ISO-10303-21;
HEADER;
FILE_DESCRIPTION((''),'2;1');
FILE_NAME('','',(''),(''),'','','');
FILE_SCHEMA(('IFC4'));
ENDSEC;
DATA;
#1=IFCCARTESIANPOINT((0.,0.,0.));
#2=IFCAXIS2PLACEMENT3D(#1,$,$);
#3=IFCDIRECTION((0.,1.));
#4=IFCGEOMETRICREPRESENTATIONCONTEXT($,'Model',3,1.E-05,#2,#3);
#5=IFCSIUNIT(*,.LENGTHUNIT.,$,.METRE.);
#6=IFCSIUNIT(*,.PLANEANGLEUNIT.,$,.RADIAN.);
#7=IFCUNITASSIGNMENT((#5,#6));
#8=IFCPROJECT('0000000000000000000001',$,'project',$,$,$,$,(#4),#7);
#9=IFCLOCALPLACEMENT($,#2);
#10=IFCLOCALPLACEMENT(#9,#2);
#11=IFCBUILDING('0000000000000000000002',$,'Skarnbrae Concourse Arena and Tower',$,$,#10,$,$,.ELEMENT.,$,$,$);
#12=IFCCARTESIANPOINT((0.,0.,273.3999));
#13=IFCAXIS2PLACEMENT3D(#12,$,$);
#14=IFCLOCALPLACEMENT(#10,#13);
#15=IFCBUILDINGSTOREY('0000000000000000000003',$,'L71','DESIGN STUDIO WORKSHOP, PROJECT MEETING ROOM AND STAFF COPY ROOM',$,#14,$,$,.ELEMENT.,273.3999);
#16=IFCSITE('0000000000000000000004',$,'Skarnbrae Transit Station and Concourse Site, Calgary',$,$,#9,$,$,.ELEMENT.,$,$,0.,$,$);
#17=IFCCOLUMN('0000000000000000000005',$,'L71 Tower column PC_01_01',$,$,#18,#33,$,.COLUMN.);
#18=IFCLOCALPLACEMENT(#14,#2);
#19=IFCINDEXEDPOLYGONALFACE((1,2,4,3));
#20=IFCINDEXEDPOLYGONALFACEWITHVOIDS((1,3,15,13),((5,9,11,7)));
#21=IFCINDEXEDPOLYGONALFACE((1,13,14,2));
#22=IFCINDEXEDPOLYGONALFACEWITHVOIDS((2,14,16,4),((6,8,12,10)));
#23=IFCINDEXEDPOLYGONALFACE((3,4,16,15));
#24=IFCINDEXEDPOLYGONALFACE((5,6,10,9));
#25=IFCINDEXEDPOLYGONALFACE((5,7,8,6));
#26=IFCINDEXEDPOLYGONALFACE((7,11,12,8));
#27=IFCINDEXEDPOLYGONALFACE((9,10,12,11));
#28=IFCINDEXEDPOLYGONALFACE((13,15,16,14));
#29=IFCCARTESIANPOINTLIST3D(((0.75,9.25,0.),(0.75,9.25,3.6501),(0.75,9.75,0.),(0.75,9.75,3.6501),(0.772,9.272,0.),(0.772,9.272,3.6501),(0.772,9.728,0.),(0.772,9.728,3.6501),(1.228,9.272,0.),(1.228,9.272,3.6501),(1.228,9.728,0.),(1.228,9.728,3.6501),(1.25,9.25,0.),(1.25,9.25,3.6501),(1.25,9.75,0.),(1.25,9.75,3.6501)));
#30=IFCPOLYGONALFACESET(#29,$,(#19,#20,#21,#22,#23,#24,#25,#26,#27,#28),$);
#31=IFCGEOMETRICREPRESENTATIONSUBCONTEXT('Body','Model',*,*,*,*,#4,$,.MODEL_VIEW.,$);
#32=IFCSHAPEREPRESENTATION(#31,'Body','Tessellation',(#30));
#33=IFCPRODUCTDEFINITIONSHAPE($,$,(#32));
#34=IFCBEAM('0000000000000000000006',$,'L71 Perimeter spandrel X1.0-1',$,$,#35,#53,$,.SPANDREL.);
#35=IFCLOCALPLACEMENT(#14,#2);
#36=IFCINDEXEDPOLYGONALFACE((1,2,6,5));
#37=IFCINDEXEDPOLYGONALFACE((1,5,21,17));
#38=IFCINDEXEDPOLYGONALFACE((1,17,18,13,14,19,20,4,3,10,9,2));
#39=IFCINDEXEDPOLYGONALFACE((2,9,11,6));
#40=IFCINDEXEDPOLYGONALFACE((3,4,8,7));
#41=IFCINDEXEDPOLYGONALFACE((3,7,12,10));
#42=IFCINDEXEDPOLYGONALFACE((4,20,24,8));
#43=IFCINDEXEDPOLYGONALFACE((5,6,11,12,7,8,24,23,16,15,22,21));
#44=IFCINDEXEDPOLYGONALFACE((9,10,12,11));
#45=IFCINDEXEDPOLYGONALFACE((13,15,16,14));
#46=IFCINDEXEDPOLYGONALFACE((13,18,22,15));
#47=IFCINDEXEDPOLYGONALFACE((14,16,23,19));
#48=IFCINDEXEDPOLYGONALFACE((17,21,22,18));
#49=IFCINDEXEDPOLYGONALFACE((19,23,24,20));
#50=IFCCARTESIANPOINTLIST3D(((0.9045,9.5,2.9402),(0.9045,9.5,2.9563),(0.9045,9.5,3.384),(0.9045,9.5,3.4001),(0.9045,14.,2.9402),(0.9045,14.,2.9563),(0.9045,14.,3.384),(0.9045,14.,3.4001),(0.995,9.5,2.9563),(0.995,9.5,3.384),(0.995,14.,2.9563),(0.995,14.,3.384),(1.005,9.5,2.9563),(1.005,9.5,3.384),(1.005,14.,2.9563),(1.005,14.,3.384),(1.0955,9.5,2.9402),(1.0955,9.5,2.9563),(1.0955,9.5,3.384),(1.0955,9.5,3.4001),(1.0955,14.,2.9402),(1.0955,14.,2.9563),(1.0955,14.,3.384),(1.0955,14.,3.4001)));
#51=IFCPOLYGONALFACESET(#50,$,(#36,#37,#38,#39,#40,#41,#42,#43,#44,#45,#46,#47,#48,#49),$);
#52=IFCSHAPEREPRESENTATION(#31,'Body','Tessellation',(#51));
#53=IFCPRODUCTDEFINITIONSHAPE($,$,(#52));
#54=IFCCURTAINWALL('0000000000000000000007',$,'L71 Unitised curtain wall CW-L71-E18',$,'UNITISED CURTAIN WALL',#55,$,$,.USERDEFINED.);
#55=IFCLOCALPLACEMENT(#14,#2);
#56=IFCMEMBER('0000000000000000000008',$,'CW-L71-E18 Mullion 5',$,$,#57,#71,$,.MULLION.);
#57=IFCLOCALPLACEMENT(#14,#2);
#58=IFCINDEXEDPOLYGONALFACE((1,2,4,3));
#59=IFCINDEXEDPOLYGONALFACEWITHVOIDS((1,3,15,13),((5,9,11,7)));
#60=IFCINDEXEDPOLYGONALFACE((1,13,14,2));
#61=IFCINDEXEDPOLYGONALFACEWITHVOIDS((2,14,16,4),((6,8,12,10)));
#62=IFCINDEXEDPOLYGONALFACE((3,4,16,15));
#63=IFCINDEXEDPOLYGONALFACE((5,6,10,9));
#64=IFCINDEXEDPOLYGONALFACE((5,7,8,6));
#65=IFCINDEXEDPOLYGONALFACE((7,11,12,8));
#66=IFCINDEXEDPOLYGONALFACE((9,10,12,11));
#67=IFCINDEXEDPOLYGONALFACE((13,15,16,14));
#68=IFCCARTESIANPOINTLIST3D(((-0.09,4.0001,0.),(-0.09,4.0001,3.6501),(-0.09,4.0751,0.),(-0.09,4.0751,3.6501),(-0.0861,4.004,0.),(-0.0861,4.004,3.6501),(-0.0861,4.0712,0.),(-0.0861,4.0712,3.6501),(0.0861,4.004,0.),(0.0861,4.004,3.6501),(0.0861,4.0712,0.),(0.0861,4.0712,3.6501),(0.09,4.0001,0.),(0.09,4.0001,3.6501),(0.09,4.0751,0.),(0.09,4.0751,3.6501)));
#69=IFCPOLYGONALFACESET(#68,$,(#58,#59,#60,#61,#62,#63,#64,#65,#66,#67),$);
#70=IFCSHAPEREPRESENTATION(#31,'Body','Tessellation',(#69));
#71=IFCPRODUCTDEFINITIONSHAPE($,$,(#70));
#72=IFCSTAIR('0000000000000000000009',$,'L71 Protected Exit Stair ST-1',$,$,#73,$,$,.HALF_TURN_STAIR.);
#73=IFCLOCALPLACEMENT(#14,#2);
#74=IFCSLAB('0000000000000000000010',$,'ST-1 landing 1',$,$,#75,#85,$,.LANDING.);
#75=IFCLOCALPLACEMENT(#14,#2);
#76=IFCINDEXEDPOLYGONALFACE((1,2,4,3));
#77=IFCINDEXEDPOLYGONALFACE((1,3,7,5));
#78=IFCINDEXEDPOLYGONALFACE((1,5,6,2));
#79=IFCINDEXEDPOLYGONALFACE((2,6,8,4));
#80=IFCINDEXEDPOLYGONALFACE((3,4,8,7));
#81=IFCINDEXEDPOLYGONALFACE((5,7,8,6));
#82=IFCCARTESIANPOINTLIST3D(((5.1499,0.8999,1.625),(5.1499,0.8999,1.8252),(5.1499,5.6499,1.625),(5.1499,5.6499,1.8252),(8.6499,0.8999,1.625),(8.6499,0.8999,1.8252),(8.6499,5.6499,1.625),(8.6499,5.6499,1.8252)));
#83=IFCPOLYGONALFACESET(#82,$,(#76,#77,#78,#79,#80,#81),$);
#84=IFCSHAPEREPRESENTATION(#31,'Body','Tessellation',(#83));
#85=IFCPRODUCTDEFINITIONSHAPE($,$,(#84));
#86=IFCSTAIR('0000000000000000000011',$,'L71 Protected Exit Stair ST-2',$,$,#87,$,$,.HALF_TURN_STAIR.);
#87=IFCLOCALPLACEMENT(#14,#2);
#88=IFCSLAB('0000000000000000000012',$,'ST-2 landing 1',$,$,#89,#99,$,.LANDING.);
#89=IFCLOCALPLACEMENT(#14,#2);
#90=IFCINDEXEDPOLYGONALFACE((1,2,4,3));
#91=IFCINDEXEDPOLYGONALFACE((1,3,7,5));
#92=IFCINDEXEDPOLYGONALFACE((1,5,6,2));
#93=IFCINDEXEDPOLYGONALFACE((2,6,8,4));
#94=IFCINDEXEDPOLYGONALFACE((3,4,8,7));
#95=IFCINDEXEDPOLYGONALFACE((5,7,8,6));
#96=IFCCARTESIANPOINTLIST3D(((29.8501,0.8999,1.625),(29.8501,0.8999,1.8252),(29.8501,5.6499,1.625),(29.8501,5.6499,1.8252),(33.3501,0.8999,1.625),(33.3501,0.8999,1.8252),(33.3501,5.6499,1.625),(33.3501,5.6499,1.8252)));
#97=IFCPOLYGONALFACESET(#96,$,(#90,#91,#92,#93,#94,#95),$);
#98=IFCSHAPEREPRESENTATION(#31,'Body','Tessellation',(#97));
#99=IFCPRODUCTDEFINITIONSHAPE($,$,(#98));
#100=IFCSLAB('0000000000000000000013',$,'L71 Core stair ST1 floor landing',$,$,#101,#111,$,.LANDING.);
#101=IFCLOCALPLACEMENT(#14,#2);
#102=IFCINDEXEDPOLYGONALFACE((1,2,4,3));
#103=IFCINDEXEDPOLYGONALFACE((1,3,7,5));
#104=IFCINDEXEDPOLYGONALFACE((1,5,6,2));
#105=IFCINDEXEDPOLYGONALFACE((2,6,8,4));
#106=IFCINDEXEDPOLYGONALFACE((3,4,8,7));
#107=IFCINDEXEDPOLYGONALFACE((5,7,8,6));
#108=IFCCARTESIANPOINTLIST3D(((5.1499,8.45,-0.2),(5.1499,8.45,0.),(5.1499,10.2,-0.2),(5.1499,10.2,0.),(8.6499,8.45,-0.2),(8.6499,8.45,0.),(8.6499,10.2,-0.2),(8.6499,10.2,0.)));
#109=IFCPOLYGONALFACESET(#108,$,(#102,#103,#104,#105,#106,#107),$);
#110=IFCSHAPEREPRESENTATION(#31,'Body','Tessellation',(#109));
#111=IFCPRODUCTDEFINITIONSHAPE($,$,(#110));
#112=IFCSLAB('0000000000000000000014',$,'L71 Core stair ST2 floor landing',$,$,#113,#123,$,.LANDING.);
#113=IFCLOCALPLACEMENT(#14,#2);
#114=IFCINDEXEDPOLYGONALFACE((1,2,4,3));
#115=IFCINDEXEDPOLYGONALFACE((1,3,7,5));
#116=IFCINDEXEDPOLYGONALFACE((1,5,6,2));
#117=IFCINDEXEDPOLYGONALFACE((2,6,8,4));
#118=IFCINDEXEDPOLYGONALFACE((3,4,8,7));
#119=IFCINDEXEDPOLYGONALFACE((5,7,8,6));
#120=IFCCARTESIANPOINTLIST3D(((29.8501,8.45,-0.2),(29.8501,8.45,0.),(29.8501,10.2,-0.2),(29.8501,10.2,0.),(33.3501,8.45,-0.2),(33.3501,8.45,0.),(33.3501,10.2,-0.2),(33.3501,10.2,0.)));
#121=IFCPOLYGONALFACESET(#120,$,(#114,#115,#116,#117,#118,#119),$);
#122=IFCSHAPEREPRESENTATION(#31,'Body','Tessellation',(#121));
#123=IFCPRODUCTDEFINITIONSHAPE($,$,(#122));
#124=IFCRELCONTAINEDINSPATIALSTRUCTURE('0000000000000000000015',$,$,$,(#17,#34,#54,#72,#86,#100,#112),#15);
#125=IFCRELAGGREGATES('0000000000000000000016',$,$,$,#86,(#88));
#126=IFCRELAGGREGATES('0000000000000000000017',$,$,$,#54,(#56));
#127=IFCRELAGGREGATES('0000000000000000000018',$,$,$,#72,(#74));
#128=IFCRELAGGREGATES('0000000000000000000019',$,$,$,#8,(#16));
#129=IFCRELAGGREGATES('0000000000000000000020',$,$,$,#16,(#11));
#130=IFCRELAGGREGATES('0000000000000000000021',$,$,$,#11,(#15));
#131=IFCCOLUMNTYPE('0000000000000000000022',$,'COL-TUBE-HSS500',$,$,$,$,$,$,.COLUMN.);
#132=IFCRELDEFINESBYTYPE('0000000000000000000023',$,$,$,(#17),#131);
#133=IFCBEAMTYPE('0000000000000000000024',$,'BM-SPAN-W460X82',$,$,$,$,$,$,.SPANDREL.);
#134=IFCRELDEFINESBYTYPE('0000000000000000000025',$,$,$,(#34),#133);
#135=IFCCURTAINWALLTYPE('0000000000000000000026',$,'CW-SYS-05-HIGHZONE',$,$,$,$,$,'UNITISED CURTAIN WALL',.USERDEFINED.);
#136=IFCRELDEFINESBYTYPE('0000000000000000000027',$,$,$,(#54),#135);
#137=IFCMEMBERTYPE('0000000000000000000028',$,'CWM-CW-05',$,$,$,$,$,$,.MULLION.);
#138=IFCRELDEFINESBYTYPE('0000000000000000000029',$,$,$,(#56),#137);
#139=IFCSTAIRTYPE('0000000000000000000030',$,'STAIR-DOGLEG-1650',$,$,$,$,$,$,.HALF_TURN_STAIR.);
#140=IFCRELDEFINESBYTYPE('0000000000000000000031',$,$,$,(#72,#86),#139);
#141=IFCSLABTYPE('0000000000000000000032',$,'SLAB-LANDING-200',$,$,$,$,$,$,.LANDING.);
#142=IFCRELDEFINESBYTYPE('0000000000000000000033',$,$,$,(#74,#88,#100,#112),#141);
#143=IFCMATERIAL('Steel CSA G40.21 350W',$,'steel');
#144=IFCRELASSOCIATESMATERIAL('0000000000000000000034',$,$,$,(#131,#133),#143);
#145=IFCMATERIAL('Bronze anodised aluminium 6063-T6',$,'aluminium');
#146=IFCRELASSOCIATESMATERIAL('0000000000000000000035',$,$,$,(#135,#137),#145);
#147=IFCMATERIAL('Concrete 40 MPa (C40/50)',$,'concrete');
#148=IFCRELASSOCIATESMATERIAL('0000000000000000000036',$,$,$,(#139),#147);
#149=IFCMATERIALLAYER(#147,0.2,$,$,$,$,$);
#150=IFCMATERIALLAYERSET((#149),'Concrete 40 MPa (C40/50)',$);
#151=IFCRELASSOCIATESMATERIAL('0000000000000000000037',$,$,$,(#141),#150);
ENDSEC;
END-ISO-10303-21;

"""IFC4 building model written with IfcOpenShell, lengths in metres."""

from ifc_helpers import new_model, si_unit, direction, frame, origin, origin_2d, place, context, subcontext, project, spatial, polyline, hollow_rectangle, i_section, outline, extrude, source, transform, mapped, material, layer, layer_set, material_profile, profile_set, type_object, element, aggregate, save


model = new_model("IFC4")

# Units and contexts
model_context = context("Model", 3, precision=1e-05, world=origin(), true_north=direction((0.0, 1.0)))
body_context = subcontext(model_context, "Body", "Model", "MODEL_VIEW")
ifc_project = project(units=[si_unit("LENGTHUNIT", "METRE"), si_unit("PLANEANGLEUNIT", "RADIAN")], contexts=[model_context])

# Site, building, storey
site_placement = place(None, origin())
site = spatial("IfcSite", under=ifc_project, at=site_placement, Name="Skarnbrae Transit Station and Concourse Site, Calgary", CompositionType="ELEMENT", RefElevation=0.0)
building_placement = place(site_placement, origin())
building = spatial("IfcBuilding", under=site, at=building_placement, Name="Skarnbrae Concourse Arena and Tower", CompositionType="ELEMENT")
storey_placement = place(building_placement, frame((0.0, 0.0, 273.3999)))
storey = spatial("IfcBuildingStorey", under=building, at=storey_placement, Name="L71", Description="DESIGN STUDIO WORKSHOP, PROJECT MEETING ROOM AND STAFF COPY ROOM", CompositionType="ELEMENT", Elevation=273.3999)

# Column
ifc_material_1 = material(Name="Steel CSA G40.21 350W", Category="steel")
ifc_material_profile_1 = material_profile(ifc_material_1, hollow_rectangle(XDim=0.5, YDim=0.5, WallThickness=0.022, at=origin_2d()), Name="HSS500X500X22.0")
ifc_profile_set_1 = profile_set([ifc_material_profile_1], Name="Steel CSA G40.21 350W")
column_type = type_object("IfcColumnType", Name="COL-TUBE-HSS500", PredefinedType="COLUMN", material=ifc_profile_set_1)
shared_shape_1 = source(origin(), body_context, "Body", "SweptSolid", [
    extrude(hollow_rectangle(XDim=0.5, YDim=0.5, WallThickness=0.022, at=origin_2d()), origin(), (0.0, 0.0, 1.0), 3.6501),
])
column_placement = place(storey_placement, frame((1.0, 9.5, 0.0), z_axis=(0.0, 0.0, 1.0), x_axis=(1.0, 0.0, 0.0)))
element("IfcColumn", 1, at=column_placement, inside=storey, type_object=column_type, Name="L71 Tower column PC_01_01", PredefinedType="COLUMN", context=body_context, shape_type="MappedRepresentation", body=[
    mapped(shared_shape_1, transform((0.0, 0.0, 0.0))),
])

# Beam
ifc_material_profile_2 = material_profile(ifc_material_1, i_section(OverallWidth=0.1909, OverallDepth=0.46, WebThickness=0.01, FlangeThickness=0.0161, at=origin_2d()), Name="W460X82")
ifc_profile_set_2 = profile_set([ifc_material_profile_2], Name="Steel CSA G40.21 350W")
beam_type = type_object("IfcBeamType", Name="BM-SPAN-W460X82", PredefinedType="SPANDREL", material=ifc_profile_set_2)
shared_shape_2 = source(origin(), body_context, "Body", "SweptSolid", [
    extrude(i_section(OverallWidth=0.1909, OverallDepth=0.46, WebThickness=0.01, FlangeThickness=0.0161, at=origin_2d()), origin(), (0.0, 0.0, 1.0), 4.5),
])
beam_placement = place(storey_placement, frame((1.0, 9.5, 3.1702), z_axis=(0.0, 1.0, 0.0), x_axis=(-1.0, 0.0, 0.0)))
element("IfcBeam", 2, at=beam_placement, inside=storey, type_object=beam_type, Name="L71 Perimeter spandrel X1.0-1", PredefinedType="SPANDREL", context=body_context, shape_type="MappedRepresentation", body=[
    mapped(shared_shape_2, transform((0.0, 0.0, 0.0))),
])

# Curtain wall, member
ifc_material_2 = material(Name="Bronze anodised aluminium 6063-T6", Category="aluminium")
curtain_wall_type = type_object("IfcCurtainWallType", Name="CW-SYS-05-HIGHZONE", ElementType="UNITISED CURTAIN WALL", PredefinedType="USERDEFINED", material=ifc_material_2)
curtain_wall_placement = place(storey_placement, origin())
curtain_wall = element("IfcCurtainWall", 3, at=curtain_wall_placement, inside=storey, type_object=curtain_wall_type, Name="L71 Unitised curtain wall CW-L71-E18", ObjectType="UNITISED CURTAIN WALL", PredefinedType="USERDEFINED")
ifc_material_profile_3 = material_profile(ifc_material_2, hollow_rectangle(XDim=0.075, YDim=0.1799, WallThickness=0.0039, at=origin_2d()), Name="ALU-MULL-75X180")
ifc_profile_set_3 = profile_set([ifc_material_profile_3], Name="Bronze anodised aluminium 6063-T6")
member_type = type_object("IfcMemberType", Name="CWM-CW-05", PredefinedType="MULLION", material=ifc_profile_set_3)
shared_shape_3 = source(origin(), body_context, "Body", "SweptSolid", [
    extrude(hollow_rectangle(XDim=0.075, YDim=0.1799, WallThickness=0.0039, at=origin_2d()), origin(), (0.0, 0.0, 1.0), 3.6501),
])
member_placement = place(storey_placement, frame((0.0, 4.0376, 0.0), z_axis=(0.0, 0.0, 1.0), x_axis=(0.0, -1.0, 0.0)))
member = element("IfcMember", 4, at=member_placement, type_object=member_type, Name="CW-L71-E18 Mullion 5", PredefinedType="MULLION", context=body_context, shape_type="MappedRepresentation", body=[
    mapped(shared_shape_3, transform((0.0, 0.0, 0.0))),
])

# Stairs, slabs
ifc_material_3 = material(Name="Concrete 40 MPa (C40/50)", Category="concrete")
stair_type = type_object("IfcStairType", Name="STAIR-DOGLEG-1650", PredefinedType="HALF_TURN_STAIR", material=ifc_material_3)
stair_1_placement = place(storey_placement, origin())
stair_1 = element("IfcStair", 5, at=stair_1_placement, inside=storey, type_object=stair_type, Name="L71 Protected Exit Stair ST-1", PredefinedType="HALF_TURN_STAIR")
ifc_layer_1 = layer(ifc_material_3, 0.2)
ifc_layer_set_1 = layer_set([ifc_layer_1], Name="Concrete 40 MPa (C40/50)")
slab_type_1 = type_object("IfcSlabType", Name="SLAB-LANDING-200", PredefinedType="LANDING", material=ifc_layer_set_1)
slab_1_placement = place(storey_placement, frame((0.0, 0.0, 1.625)))
slab_1 = element("IfcSlab", 6, at=slab_1_placement, type_object=slab_type_1, Name="ST-1 landing 1", PredefinedType="LANDING", context=body_context, shape_type="SweptSolid", body=[
    extrude(outline(polyline([(5.1499, 5.6499), (5.1499, 0.8999), (8.6499, 0.8999), (8.6499, 5.6499), (5.1499, 5.6499)])), origin(), (0.0, 0.0, 1.0), 0.2002),
])
stair_2_placement = place(storey_placement, origin())
stair_2 = element("IfcStair", 7, at=stair_2_placement, inside=storey, type_object=stair_type, Name="L71 Protected Exit Stair ST-2", PredefinedType="HALF_TURN_STAIR")
slab_2_placement = place(storey_placement, frame((0.0, 0.0, 1.625)))
slab_2 = element("IfcSlab", 8, at=slab_2_placement, type_object=slab_type_1, Name="ST-2 landing 1", PredefinedType="LANDING", context=body_context, shape_type="SweptSolid", body=[
    extrude(outline(polyline([(29.8501, 5.6499), (29.8501, 0.8999), (33.3501, 0.8999), (33.3501, 5.6499), (29.8501, 5.6499)])), origin(), (0.0, 0.0, 1.0), 0.2002),
])
aggregate(stair_2, [slab_2])

# Slabs
slab_3_placement = place(storey_placement, frame((0.0, 0.0, -0.2)))
element("IfcSlab", 9, at=slab_3_placement, inside=storey, type_object=slab_type_1, Name="L71 Core stair ST1 floor landing", PredefinedType="LANDING", context=body_context, shape_type="SweptSolid", body=[
    extrude(outline(polyline([(5.1499, 10.2), (5.1499, 8.45), (8.6499, 8.45), (8.6499, 10.2), (5.1499, 10.2)])), origin(), (0.0, 0.0, 1.0), 0.2),
])
slab_4_placement = place(storey_placement, frame((0.0, 0.0, -0.2)))
element("IfcSlab", 10, at=slab_4_placement, inside=storey, type_object=slab_type_1, Name="L71 Core stair ST2 floor landing", PredefinedType="LANDING", context=body_context, shape_type="SweptSolid", body=[
    extrude(outline(polyline([(29.8501, 10.2), (29.8501, 8.45), (33.3501, 8.45), (33.3501, 10.2), (29.8501, 10.2)])), origin(), (0.0, 0.0, 1.0), 0.2),
])

aggregate(curtain_wall, [member])

aggregate(stair_1, [slab_1])

save(model, "model.ifc")
